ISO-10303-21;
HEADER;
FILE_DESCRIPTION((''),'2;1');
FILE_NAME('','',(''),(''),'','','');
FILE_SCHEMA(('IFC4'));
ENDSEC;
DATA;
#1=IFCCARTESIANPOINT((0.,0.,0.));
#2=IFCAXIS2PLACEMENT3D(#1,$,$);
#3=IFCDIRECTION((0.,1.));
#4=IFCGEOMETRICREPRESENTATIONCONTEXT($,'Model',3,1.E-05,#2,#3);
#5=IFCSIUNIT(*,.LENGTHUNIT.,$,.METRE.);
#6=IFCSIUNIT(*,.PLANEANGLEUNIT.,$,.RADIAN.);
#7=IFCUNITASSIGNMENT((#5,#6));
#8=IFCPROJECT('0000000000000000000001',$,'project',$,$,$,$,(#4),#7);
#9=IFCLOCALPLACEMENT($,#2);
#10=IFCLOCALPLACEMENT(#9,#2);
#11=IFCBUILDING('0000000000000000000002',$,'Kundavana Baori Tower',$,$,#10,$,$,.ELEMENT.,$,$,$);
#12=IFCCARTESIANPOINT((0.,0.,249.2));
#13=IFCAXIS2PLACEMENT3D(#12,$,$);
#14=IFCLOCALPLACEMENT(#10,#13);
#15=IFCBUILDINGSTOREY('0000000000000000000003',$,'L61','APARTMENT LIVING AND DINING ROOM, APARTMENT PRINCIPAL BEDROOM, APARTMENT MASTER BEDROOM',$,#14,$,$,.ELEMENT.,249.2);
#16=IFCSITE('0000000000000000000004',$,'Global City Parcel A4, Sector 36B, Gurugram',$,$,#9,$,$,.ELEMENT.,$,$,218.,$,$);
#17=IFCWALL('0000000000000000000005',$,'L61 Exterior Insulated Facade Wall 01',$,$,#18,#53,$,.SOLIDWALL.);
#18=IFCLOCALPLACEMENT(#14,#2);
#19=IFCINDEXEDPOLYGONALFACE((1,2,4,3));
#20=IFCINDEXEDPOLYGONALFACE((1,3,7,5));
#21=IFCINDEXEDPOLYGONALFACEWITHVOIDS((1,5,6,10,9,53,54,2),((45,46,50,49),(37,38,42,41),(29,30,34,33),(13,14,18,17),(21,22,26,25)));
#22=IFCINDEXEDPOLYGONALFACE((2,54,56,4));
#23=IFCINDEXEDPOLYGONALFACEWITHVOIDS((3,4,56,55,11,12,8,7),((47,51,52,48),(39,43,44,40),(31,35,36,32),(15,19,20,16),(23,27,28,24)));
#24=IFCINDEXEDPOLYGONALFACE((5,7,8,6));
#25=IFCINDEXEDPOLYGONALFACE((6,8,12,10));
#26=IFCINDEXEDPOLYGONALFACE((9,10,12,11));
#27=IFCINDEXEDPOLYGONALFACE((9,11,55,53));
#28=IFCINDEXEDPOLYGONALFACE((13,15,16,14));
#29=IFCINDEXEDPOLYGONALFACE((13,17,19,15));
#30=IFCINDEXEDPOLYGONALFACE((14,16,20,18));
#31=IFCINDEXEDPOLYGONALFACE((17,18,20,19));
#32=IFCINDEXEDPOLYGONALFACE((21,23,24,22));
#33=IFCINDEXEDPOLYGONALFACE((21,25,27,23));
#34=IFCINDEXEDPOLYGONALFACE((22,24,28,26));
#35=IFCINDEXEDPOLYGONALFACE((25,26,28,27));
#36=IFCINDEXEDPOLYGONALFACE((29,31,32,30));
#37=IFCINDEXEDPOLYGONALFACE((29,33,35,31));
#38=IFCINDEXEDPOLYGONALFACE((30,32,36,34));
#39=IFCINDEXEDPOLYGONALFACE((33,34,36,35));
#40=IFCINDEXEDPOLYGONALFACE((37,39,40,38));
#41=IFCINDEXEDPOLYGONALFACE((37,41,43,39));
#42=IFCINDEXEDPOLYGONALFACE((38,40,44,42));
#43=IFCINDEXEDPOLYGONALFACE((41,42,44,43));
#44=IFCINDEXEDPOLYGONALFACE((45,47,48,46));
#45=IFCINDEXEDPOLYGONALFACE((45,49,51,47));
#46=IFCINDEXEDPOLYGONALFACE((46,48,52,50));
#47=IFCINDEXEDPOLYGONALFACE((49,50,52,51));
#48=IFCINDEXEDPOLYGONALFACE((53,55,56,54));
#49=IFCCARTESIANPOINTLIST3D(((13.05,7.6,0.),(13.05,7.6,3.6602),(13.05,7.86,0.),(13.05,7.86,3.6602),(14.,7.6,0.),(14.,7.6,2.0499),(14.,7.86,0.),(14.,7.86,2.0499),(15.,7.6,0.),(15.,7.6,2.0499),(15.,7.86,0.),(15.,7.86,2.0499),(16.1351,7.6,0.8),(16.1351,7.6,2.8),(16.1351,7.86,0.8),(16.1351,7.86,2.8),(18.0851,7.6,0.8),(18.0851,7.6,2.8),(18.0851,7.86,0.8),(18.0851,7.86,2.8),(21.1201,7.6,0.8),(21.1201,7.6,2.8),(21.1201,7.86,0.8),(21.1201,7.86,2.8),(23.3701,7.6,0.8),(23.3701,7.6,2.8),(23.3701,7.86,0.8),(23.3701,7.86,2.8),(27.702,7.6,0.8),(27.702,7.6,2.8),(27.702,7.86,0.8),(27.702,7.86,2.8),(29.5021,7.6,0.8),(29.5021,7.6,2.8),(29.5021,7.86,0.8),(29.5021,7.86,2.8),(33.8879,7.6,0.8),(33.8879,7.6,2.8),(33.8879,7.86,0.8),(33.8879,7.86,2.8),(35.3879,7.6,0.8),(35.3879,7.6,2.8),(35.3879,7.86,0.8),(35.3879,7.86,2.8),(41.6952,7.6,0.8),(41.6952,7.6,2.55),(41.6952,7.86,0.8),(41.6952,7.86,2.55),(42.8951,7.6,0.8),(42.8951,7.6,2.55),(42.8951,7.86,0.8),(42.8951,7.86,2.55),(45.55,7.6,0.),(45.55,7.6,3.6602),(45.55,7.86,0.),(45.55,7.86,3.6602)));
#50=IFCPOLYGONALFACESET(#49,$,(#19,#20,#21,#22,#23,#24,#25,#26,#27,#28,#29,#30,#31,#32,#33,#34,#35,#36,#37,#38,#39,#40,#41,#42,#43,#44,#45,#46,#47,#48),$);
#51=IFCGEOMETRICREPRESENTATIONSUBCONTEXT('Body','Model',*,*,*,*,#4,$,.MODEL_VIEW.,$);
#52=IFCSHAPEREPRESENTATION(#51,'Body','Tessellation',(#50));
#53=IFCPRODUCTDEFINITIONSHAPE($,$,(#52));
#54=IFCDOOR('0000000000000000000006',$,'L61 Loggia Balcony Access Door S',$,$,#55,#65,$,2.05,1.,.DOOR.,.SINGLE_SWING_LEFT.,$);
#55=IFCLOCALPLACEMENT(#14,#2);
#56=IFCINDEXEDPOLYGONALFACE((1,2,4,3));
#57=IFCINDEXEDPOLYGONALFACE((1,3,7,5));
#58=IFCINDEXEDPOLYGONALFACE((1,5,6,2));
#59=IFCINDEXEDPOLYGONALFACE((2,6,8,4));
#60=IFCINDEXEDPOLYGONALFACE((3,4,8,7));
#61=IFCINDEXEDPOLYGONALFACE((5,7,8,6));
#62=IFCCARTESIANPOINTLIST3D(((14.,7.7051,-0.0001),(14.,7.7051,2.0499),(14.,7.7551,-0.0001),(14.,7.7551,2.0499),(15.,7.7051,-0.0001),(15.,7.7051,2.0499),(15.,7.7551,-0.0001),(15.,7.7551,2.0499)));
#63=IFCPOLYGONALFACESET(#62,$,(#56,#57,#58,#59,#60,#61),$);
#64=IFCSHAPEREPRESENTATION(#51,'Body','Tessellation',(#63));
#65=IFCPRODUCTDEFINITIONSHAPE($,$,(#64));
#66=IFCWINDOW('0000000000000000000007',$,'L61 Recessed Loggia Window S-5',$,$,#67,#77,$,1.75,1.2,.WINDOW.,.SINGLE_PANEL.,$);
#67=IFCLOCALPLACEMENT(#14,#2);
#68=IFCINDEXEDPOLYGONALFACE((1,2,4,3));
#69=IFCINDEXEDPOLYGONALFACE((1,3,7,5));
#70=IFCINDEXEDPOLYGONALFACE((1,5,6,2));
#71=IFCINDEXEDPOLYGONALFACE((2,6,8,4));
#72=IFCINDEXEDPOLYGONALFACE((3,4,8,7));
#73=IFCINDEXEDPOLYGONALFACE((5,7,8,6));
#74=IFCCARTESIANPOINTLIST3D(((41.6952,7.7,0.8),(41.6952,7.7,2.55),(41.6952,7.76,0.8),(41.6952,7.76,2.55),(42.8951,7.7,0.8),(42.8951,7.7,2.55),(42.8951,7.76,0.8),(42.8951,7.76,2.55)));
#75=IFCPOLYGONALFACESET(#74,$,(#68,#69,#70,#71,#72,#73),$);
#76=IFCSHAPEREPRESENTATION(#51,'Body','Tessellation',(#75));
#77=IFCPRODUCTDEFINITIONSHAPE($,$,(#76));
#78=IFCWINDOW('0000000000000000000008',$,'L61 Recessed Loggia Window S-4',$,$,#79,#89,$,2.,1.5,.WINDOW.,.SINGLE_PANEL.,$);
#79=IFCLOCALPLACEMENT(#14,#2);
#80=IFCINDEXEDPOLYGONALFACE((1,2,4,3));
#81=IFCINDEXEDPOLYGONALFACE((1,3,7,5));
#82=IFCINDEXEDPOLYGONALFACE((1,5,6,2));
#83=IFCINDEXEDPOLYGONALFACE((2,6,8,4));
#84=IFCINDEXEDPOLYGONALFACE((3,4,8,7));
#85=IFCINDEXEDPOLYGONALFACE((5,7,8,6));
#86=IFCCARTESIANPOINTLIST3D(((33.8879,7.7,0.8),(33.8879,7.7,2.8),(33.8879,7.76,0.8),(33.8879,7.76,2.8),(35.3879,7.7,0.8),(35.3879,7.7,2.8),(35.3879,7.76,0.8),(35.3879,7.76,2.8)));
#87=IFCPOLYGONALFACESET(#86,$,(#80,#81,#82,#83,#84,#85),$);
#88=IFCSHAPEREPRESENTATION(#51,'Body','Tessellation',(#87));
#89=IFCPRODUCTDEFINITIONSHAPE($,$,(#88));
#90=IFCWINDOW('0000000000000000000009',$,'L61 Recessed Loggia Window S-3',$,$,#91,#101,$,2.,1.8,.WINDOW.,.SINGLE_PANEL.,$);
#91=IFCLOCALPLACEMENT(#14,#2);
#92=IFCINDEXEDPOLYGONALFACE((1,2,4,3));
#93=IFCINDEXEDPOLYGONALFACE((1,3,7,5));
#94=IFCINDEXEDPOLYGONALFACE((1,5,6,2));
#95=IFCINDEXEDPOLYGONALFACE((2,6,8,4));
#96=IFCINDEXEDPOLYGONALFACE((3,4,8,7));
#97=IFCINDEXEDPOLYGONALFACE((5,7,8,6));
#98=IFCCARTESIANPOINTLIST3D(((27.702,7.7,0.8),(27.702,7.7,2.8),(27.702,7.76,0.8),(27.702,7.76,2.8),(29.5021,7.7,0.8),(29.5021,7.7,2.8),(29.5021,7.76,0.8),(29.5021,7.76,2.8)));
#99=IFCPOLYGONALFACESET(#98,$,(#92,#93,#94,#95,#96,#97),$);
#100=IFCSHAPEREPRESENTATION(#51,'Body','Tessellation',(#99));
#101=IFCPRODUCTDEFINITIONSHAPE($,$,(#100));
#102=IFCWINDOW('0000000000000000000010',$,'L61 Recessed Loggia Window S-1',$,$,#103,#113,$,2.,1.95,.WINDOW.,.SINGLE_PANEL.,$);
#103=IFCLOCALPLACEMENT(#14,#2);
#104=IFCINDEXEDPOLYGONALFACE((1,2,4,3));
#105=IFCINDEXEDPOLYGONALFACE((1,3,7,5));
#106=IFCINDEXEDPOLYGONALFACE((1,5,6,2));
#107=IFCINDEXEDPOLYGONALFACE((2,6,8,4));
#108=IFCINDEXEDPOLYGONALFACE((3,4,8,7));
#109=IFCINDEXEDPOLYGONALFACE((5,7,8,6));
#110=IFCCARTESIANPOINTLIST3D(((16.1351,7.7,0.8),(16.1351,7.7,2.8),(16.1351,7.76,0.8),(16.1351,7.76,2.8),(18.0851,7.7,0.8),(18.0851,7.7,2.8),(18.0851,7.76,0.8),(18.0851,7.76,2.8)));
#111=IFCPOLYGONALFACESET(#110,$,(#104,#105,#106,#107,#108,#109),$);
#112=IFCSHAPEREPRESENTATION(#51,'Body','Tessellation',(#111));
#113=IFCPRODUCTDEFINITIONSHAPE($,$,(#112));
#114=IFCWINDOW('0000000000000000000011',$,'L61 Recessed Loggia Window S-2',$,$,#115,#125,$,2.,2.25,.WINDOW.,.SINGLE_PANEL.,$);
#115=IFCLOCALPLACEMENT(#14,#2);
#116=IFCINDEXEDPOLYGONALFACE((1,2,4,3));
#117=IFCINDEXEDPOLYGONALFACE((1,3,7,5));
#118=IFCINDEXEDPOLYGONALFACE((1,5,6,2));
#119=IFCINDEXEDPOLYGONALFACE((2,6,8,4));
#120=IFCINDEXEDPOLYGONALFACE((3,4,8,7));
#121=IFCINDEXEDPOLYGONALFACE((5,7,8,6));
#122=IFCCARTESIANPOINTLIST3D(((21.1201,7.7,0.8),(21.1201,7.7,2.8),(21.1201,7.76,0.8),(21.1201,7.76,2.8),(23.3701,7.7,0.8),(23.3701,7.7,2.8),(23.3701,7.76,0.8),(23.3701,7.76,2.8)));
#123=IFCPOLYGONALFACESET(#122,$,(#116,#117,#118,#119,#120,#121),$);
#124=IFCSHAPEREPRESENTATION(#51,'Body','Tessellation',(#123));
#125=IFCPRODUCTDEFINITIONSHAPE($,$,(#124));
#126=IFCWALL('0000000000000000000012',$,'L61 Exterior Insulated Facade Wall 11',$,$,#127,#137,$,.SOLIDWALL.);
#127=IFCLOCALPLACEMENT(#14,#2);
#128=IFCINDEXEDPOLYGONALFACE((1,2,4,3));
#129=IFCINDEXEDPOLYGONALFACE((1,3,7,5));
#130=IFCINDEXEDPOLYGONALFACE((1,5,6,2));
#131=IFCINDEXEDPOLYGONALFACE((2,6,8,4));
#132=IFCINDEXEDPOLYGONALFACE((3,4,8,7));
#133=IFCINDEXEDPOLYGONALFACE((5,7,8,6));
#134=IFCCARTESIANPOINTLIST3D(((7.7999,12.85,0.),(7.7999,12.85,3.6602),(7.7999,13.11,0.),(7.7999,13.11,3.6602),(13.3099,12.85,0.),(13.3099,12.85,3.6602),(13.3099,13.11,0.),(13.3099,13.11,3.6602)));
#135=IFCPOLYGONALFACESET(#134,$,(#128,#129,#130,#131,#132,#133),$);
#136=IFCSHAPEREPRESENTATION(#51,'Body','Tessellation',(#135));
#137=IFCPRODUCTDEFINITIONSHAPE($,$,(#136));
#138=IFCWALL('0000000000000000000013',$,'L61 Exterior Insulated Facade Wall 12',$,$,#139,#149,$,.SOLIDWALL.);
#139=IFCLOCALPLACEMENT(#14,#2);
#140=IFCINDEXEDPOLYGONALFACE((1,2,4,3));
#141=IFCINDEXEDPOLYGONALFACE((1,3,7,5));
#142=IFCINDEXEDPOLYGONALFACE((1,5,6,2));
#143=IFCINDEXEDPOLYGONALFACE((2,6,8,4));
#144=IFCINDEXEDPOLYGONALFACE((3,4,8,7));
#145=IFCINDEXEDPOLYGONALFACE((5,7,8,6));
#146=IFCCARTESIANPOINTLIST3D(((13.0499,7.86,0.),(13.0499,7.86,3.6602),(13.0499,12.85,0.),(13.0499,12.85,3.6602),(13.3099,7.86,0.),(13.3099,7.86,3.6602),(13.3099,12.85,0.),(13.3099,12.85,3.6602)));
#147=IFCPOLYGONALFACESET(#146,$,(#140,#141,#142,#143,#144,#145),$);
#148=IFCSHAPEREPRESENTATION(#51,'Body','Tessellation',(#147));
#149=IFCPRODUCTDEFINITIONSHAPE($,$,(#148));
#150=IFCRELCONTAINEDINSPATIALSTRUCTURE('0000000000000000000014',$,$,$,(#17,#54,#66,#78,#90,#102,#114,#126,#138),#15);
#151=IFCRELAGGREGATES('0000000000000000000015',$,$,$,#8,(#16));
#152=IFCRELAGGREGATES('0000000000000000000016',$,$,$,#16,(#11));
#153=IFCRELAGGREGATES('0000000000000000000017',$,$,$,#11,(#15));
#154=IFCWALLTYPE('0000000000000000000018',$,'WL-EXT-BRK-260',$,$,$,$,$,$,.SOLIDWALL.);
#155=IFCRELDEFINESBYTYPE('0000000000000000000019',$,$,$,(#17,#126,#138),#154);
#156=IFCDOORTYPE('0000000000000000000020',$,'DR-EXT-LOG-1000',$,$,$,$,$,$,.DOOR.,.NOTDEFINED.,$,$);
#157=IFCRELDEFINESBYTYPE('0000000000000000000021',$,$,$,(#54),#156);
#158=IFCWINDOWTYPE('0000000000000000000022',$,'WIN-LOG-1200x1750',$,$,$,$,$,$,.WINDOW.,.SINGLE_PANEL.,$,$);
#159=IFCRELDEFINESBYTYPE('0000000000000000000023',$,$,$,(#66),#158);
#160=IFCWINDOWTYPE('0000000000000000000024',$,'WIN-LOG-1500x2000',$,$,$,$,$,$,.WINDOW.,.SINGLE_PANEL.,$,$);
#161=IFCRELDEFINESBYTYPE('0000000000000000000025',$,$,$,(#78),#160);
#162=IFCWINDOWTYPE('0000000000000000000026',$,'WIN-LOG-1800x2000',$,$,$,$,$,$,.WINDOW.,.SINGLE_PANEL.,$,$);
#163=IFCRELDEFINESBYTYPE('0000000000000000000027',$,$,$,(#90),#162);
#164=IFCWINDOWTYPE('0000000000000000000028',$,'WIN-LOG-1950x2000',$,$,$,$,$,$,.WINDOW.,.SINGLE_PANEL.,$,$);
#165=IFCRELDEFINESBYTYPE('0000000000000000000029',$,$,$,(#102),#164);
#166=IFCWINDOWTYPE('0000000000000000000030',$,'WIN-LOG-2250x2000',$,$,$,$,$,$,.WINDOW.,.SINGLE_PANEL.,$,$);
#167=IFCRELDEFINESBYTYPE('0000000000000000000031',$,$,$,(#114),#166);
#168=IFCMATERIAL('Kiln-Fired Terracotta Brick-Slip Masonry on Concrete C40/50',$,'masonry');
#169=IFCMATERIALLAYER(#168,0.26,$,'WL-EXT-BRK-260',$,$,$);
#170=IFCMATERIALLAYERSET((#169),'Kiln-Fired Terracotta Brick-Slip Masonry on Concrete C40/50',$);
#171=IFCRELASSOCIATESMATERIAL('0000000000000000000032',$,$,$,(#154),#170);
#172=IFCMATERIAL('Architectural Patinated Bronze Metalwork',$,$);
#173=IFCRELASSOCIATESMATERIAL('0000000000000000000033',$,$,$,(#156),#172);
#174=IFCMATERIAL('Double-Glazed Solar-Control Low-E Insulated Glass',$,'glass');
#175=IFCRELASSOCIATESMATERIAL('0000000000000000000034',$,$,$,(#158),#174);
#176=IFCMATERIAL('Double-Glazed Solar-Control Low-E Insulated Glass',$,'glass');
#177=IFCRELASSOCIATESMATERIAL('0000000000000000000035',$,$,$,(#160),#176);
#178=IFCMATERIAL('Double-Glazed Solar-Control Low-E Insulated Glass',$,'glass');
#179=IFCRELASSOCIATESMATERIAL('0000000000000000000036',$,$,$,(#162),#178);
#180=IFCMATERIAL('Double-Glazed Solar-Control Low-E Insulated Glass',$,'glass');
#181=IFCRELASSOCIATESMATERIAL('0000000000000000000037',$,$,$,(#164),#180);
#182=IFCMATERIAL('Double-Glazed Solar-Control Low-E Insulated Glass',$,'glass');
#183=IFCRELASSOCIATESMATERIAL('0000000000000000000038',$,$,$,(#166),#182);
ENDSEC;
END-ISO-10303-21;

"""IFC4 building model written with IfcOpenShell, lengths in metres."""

from ifc_helpers import new_model, si_unit, direction, frame, frame_2d, origin, place, context, subcontext, project, spatial, rectangle, extrude, material, layer, layer_set, type_object, element, fill, save


model = new_model("IFC4")

# Units and contexts
model_context = context("Model", 3, precision=1e-05, world=origin(), true_north=direction((0.0, 1.0)))
body_context = subcontext(model_context, "Body", "Model", "MODEL_VIEW")
ifc_project = project(units=[si_unit("LENGTHUNIT", "METRE"), si_unit("PLANEANGLEUNIT", "RADIAN")], contexts=[model_context])

# Site, building, storey
site_placement = place(None, origin())
site = spatial("IfcSite", under=ifc_project, at=site_placement, Name="Global City Parcel A4, Sector 36B, Gurugram", CompositionType="ELEMENT", RefElevation=218.0)
building_placement = place(site_placement, origin())
building = spatial("IfcBuilding", under=site, at=building_placement, Name="Kundavana Baori Tower", CompositionType="ELEMENT")
storey_placement = place(building_placement, frame((0.0, 0.0, 249.2)))
storey = spatial("IfcBuildingStorey", under=building, at=storey_placement, Name="L61", Description="APARTMENT LIVING AND DINING ROOM, APARTMENT PRINCIPAL BEDROOM, APARTMENT MASTER BEDROOM", CompositionType="ELEMENT", Elevation=249.2)

# Wall, openings, door, windows
ifc_material_1 = material(Name="Kiln-Fired Terracotta Brick-Slip Masonry on Concrete C40/50", Category="masonry")
ifc_layer_1 = layer(ifc_material_1, 0.26, Name="WL-EXT-BRK-260")
ifc_layer_set_1 = layer_set([ifc_layer_1], Name="Kiln-Fired Terracotta Brick-Slip Masonry on Concrete C40/50")
wall_type_1 = type_object("IfcWallType", Name="WL-EXT-BRK-260", PredefinedType="SOLIDWALL", material=ifc_layer_set_1)
wall_1_placement = place(storey_placement, frame((13.05, 7.73, 0.0), z_axis=(0.0, 0.0, 1.0), x_axis=(1.0, 0.0, 0.0)))
wall_1 = element("IfcWall", 1, at=wall_1_placement, inside=storey, type_object=wall_type_1, Name="L61 Exterior Insulated Facade Wall 01", PredefinedType="SOLIDWALL", context=body_context, shape_type="SweptSolid", body=[
    extrude(rectangle(XDim=32.5, YDim=0.26, at=frame_2d((16.25, 0.0))), origin(), (0.0, 0.0, 1.0), 3.6602),
])
opening_1_placement = place(wall_1_placement, frame((0.95, 0.0, 0.0)))
opening_1 = element("IfcOpeningElement", 2, at=opening_1_placement, cuts=wall_1, PredefinedType="OPENING", context=body_context, shape_type="SweptSolid", body=[
    extrude(rectangle(XDim=1.0, YDim=2.05, at=frame_2d((0.5, 1.0249))), frame((0.0, 0.1401, 0.0), z_axis=(0.0, -1.0, 0.0), x_axis=(1.0, 0.0, 0.0)), (0.0, 0.0, 1.0), 0.28),
])
opening_2_placement = place(wall_1_placement, frame((3.085, 0.0, 0.8)))
opening_2 = element("IfcOpeningElement", 3, at=opening_2_placement, cuts=wall_1, PredefinedType="OPENING", context=body_context, shape_type="SweptSolid", body=[
    extrude(rectangle(XDim=1.95, YDim=2.0, at=frame_2d((0.9751, 1.0))), frame((0.0, 0.1401, 0.0), z_axis=(0.0, -1.0, 0.0), x_axis=(1.0, 0.0, 0.0)), (0.0, 0.0, 1.0), 0.28),
])
opening_3_placement = place(wall_1_placement, frame((8.0701, 0.0, 0.8)))
opening_3 = element("IfcOpeningElement", 4, at=opening_3_placement, cuts=wall_1, PredefinedType="OPENING", context=body_context, shape_type="SweptSolid", body=[
    extrude(rectangle(XDim=2.25, YDim=2.0, at=frame_2d((1.125, 1.0))), frame((0.0, 0.1401, 0.0), z_axis=(0.0, -1.0, 0.0), x_axis=(1.0, 0.0, 0.0)), (0.0, 0.0, 1.0), 0.28),
])
opening_4_placement = place(wall_1_placement, frame((14.6521, 0.0, 0.8)))
opening_4 = element("IfcOpeningElement", 5, at=opening_4_placement, cuts=wall_1, PredefinedType="OPENING", context=body_context, shape_type="SweptSolid", body=[
    extrude(rectangle(XDim=1.8, YDim=2.0, at=frame_2d((0.8999, 1.0))), frame((0.0, 0.1401, 0.0), z_axis=(0.0, -1.0, 0.0), x_axis=(1.0, 0.0, 0.0)), (0.0, 0.0, 1.0), 0.28),
])
opening_5_placement = place(wall_1_placement, frame((20.8379, 0.0, 0.8)))
opening_5 = element("IfcOpeningElement", 6, at=opening_5_placement, cuts=wall_1, PredefinedType="OPENING", context=body_context, shape_type="SweptSolid", body=[
    extrude(rectangle(XDim=1.5, YDim=2.0, at=frame_2d((0.75, 1.0))), frame((0.0, 0.1401, 0.0), z_axis=(0.0, -1.0, 0.0), x_axis=(1.0, 0.0, 0.0)), (0.0, 0.0, 1.0), 0.28),
])
opening_6_placement = place(wall_1_placement, frame((28.645, 0.0, 0.8)))
opening_6 = element("IfcOpeningElement", 7, at=opening_6_placement, cuts=wall_1, PredefinedType="OPENING", context=body_context, shape_type="SweptSolid", body=[
    extrude(rectangle(XDim=1.2, YDim=1.75, at=frame_2d((0.6001, 0.875))), frame((0.0, 0.1401, 0.0), z_axis=(0.0, -1.0, 0.0), x_axis=(1.0, 0.0, 0.0)), (0.0, 0.0, 1.0), 0.28),
])
ifc_material_2 = material(Name="Architectural Patinated Bronze Metalwork")
door_type_1 = type_object("IfcDoorType", Name="DR-EXT-LOG-1000", OperationType="NOTDEFINED", PredefinedType="DOOR", material=ifc_material_2)
door_1_placement = place(opening_1_placement, frame((1.0, 0.0, 0.0), z_axis=(0.0, 0.0, 1.0), x_axis=(-1.0, 0.0, 0.0)))
door_1 = element("IfcDoor", 8, at=door_1_placement, inside=storey, type_object=door_type_1, Name="L61 Loggia Balcony Access Door S", OperationType="SINGLE_SWING_LEFT", OverallHeight=2.05, OverallWidth=1.0, PredefinedType="DOOR", context=body_context, shape_type="SweptSolid", body=[
    extrude(rectangle(XDim=1.0, YDim=2.05, at=frame_2d((0.5, 1.0249))), frame((0.0, 0.0249, 0.0), z_axis=(0.0, -1.0, 0.0), x_axis=(1.0, 0.0, 0.0)), (0.0, 0.0, 1.0), 0.05),
])
fill(opening_1, door_1)
ifc_material_3 = material(Name="Double-Glazed Solar-Control Low-E Insulated Glass", Category="glass")
window_type_1 = type_object("IfcWindowType", Name="WIN-LOG-1200x1750", PartitioningType="SINGLE_PANEL", PredefinedType="WINDOW", material=ifc_material_3)
window_1_placement = place(opening_6_placement, origin())
window_1 = element("IfcWindow", 9, at=window_1_placement, inside=storey, type_object=window_type_1, Name="L61 Recessed Loggia Window S-5", OverallHeight=1.75, OverallWidth=1.2, PartitioningType="SINGLE_PANEL", PredefinedType="WINDOW", context=body_context, shape_type="SweptSolid", body=[
    extrude(rectangle(XDim=1.2, YDim=1.75, at=frame_2d((0.6001, 0.875))), frame((0.0, 0.03, 0.0), z_axis=(0.0, -1.0, 0.0), x_axis=(1.0, 0.0, 0.0)), (0.0, 0.0, 1.0), 0.0601),
])
fill(opening_6, window_1)
ifc_material_4 = material(Name="Double-Glazed Solar-Control Low-E Insulated Glass", Category="glass")
window_type_2 = type_object("IfcWindowType", Name="WIN-LOG-1500x2000", PartitioningType="SINGLE_PANEL", PredefinedType="WINDOW", material=ifc_material_4)
window_2_placement = place(opening_5_placement, origin())
window_2 = element("IfcWindow", 10, at=window_2_placement, inside=storey, type_object=window_type_2, Name="L61 Recessed Loggia Window S-4", OverallHeight=2.0, OverallWidth=1.5, PartitioningType="SINGLE_PANEL", PredefinedType="WINDOW", context=body_context, shape_type="SweptSolid", body=[
    extrude(rectangle(XDim=1.5, YDim=2.0, at=frame_2d((0.75, 1.0))), frame((0.0, 0.03, 0.0), z_axis=(0.0, -1.0, 0.0), x_axis=(1.0, 0.0, 0.0)), (0.0, 0.0, 1.0), 0.0601),
])
fill(opening_5, window_2)
ifc_material_5 = material(Name="Double-Glazed Solar-Control Low-E Insulated Glass", Category="glass")
window_type_3 = type_object("IfcWindowType", Name="WIN-LOG-1800x2000", PartitioningType="SINGLE_PANEL", PredefinedType="WINDOW", material=ifc_material_5)
window_3_placement = place(opening_4_placement, origin())
window_3 = element("IfcWindow", 11, at=window_3_placement, inside=storey, type_object=window_type_3, Name="L61 Recessed Loggia Window S-3", OverallHeight=2.0, OverallWidth=1.8, PartitioningType="SINGLE_PANEL", PredefinedType="WINDOW", context=body_context, shape_type="SweptSolid", body=[
    extrude(rectangle(XDim=1.8, YDim=2.0, at=frame_2d((0.8999, 1.0))), frame((0.0, 0.03, 0.0), z_axis=(0.0, -1.0, 0.0), x_axis=(1.0, 0.0, 0.0)), (0.0, 0.0, 1.0), 0.0601),
])
fill(opening_4, window_3)
ifc_material_6 = material(Name="Double-Glazed Solar-Control Low-E Insulated Glass", Category="glass")
window_type_4 = type_object("IfcWindowType", Name="WIN-LOG-1950x2000", PartitioningType="SINGLE_PANEL", PredefinedType="WINDOW", material=ifc_material_6)
window_4_placement = place(opening_2_placement, origin())
window_4 = element("IfcWindow", 12, at=window_4_placement, inside=storey, type_object=window_type_4, Name="L61 Recessed Loggia Window S-1", OverallHeight=2.0, OverallWidth=1.95, PartitioningType="SINGLE_PANEL", PredefinedType="WINDOW", context=body_context, shape_type="SweptSolid", body=[
    extrude(rectangle(XDim=1.95, YDim=2.0, at=frame_2d((0.9751, 1.0))), frame((0.0, 0.03, 0.0), z_axis=(0.0, -1.0, 0.0), x_axis=(1.0, 0.0, 0.0)), (0.0, 0.0, 1.0), 0.0601),
])
fill(opening_2, window_4)
ifc_material_7 = material(Name="Double-Glazed Solar-Control Low-E Insulated Glass", Category="glass")
window_type_5 = type_object("IfcWindowType", Name="WIN-LOG-2250x2000", PartitioningType="SINGLE_PANEL", PredefinedType="WINDOW", material=ifc_material_7)
window_5_placement = place(opening_3_placement, origin())
window_5 = element("IfcWindow", 13, at=window_5_placement, inside=storey, type_object=window_type_5, Name="L61 Recessed Loggia Window S-2", OverallHeight=2.0, OverallWidth=2.25, PartitioningType="SINGLE_PANEL", PredefinedType="WINDOW", context=body_context, shape_type="SweptSolid", body=[
    extrude(rectangle(XDim=2.25, YDim=2.0, at=frame_2d((1.125, 1.0))), frame((0.0, 0.03, 0.0), z_axis=(0.0, -1.0, 0.0), x_axis=(1.0, 0.0, 0.0)), (0.0, 0.0, 1.0), 0.0601),
])
fill(opening_3, window_5)

# Walls
wall_2_placement = place(storey_placement, frame((7.8, 12.98, 0.0), z_axis=(0.0, 0.0, 1.0), x_axis=(1.0, 0.0, 0.0)))
element("IfcWall", 14, at=wall_2_placement, inside=storey, type_object=wall_type_1, Name="L61 Exterior Insulated Facade Wall 11", PredefinedType="SOLIDWALL", context=body_context, shape_type="SweptSolid", body=[
    extrude(rectangle(XDim=5.51, YDim=0.26, at=frame_2d((2.7549, 0.0))), origin(), (0.0, 0.0, 1.0), 3.6602),
])
wall_3_placement = place(storey_placement, frame((13.1799, 12.8501, 0.0), z_axis=(0.0, 0.0, 1.0), x_axis=(0.0, -1.0, 0.0)))
element("IfcWall", 15, at=wall_3_placement, inside=storey, type_object=wall_type_1, Name="L61 Exterior Insulated Facade Wall 12", PredefinedType="SOLIDWALL", context=body_context, shape_type="SweptSolid", body=[
    extrude(rectangle(XDim=4.99, YDim=0.26, at=frame_2d((2.4951, 0.0))), origin(), (0.0, 0.0, 1.0), 3.6602),
])

save(model, "model.ifc")
